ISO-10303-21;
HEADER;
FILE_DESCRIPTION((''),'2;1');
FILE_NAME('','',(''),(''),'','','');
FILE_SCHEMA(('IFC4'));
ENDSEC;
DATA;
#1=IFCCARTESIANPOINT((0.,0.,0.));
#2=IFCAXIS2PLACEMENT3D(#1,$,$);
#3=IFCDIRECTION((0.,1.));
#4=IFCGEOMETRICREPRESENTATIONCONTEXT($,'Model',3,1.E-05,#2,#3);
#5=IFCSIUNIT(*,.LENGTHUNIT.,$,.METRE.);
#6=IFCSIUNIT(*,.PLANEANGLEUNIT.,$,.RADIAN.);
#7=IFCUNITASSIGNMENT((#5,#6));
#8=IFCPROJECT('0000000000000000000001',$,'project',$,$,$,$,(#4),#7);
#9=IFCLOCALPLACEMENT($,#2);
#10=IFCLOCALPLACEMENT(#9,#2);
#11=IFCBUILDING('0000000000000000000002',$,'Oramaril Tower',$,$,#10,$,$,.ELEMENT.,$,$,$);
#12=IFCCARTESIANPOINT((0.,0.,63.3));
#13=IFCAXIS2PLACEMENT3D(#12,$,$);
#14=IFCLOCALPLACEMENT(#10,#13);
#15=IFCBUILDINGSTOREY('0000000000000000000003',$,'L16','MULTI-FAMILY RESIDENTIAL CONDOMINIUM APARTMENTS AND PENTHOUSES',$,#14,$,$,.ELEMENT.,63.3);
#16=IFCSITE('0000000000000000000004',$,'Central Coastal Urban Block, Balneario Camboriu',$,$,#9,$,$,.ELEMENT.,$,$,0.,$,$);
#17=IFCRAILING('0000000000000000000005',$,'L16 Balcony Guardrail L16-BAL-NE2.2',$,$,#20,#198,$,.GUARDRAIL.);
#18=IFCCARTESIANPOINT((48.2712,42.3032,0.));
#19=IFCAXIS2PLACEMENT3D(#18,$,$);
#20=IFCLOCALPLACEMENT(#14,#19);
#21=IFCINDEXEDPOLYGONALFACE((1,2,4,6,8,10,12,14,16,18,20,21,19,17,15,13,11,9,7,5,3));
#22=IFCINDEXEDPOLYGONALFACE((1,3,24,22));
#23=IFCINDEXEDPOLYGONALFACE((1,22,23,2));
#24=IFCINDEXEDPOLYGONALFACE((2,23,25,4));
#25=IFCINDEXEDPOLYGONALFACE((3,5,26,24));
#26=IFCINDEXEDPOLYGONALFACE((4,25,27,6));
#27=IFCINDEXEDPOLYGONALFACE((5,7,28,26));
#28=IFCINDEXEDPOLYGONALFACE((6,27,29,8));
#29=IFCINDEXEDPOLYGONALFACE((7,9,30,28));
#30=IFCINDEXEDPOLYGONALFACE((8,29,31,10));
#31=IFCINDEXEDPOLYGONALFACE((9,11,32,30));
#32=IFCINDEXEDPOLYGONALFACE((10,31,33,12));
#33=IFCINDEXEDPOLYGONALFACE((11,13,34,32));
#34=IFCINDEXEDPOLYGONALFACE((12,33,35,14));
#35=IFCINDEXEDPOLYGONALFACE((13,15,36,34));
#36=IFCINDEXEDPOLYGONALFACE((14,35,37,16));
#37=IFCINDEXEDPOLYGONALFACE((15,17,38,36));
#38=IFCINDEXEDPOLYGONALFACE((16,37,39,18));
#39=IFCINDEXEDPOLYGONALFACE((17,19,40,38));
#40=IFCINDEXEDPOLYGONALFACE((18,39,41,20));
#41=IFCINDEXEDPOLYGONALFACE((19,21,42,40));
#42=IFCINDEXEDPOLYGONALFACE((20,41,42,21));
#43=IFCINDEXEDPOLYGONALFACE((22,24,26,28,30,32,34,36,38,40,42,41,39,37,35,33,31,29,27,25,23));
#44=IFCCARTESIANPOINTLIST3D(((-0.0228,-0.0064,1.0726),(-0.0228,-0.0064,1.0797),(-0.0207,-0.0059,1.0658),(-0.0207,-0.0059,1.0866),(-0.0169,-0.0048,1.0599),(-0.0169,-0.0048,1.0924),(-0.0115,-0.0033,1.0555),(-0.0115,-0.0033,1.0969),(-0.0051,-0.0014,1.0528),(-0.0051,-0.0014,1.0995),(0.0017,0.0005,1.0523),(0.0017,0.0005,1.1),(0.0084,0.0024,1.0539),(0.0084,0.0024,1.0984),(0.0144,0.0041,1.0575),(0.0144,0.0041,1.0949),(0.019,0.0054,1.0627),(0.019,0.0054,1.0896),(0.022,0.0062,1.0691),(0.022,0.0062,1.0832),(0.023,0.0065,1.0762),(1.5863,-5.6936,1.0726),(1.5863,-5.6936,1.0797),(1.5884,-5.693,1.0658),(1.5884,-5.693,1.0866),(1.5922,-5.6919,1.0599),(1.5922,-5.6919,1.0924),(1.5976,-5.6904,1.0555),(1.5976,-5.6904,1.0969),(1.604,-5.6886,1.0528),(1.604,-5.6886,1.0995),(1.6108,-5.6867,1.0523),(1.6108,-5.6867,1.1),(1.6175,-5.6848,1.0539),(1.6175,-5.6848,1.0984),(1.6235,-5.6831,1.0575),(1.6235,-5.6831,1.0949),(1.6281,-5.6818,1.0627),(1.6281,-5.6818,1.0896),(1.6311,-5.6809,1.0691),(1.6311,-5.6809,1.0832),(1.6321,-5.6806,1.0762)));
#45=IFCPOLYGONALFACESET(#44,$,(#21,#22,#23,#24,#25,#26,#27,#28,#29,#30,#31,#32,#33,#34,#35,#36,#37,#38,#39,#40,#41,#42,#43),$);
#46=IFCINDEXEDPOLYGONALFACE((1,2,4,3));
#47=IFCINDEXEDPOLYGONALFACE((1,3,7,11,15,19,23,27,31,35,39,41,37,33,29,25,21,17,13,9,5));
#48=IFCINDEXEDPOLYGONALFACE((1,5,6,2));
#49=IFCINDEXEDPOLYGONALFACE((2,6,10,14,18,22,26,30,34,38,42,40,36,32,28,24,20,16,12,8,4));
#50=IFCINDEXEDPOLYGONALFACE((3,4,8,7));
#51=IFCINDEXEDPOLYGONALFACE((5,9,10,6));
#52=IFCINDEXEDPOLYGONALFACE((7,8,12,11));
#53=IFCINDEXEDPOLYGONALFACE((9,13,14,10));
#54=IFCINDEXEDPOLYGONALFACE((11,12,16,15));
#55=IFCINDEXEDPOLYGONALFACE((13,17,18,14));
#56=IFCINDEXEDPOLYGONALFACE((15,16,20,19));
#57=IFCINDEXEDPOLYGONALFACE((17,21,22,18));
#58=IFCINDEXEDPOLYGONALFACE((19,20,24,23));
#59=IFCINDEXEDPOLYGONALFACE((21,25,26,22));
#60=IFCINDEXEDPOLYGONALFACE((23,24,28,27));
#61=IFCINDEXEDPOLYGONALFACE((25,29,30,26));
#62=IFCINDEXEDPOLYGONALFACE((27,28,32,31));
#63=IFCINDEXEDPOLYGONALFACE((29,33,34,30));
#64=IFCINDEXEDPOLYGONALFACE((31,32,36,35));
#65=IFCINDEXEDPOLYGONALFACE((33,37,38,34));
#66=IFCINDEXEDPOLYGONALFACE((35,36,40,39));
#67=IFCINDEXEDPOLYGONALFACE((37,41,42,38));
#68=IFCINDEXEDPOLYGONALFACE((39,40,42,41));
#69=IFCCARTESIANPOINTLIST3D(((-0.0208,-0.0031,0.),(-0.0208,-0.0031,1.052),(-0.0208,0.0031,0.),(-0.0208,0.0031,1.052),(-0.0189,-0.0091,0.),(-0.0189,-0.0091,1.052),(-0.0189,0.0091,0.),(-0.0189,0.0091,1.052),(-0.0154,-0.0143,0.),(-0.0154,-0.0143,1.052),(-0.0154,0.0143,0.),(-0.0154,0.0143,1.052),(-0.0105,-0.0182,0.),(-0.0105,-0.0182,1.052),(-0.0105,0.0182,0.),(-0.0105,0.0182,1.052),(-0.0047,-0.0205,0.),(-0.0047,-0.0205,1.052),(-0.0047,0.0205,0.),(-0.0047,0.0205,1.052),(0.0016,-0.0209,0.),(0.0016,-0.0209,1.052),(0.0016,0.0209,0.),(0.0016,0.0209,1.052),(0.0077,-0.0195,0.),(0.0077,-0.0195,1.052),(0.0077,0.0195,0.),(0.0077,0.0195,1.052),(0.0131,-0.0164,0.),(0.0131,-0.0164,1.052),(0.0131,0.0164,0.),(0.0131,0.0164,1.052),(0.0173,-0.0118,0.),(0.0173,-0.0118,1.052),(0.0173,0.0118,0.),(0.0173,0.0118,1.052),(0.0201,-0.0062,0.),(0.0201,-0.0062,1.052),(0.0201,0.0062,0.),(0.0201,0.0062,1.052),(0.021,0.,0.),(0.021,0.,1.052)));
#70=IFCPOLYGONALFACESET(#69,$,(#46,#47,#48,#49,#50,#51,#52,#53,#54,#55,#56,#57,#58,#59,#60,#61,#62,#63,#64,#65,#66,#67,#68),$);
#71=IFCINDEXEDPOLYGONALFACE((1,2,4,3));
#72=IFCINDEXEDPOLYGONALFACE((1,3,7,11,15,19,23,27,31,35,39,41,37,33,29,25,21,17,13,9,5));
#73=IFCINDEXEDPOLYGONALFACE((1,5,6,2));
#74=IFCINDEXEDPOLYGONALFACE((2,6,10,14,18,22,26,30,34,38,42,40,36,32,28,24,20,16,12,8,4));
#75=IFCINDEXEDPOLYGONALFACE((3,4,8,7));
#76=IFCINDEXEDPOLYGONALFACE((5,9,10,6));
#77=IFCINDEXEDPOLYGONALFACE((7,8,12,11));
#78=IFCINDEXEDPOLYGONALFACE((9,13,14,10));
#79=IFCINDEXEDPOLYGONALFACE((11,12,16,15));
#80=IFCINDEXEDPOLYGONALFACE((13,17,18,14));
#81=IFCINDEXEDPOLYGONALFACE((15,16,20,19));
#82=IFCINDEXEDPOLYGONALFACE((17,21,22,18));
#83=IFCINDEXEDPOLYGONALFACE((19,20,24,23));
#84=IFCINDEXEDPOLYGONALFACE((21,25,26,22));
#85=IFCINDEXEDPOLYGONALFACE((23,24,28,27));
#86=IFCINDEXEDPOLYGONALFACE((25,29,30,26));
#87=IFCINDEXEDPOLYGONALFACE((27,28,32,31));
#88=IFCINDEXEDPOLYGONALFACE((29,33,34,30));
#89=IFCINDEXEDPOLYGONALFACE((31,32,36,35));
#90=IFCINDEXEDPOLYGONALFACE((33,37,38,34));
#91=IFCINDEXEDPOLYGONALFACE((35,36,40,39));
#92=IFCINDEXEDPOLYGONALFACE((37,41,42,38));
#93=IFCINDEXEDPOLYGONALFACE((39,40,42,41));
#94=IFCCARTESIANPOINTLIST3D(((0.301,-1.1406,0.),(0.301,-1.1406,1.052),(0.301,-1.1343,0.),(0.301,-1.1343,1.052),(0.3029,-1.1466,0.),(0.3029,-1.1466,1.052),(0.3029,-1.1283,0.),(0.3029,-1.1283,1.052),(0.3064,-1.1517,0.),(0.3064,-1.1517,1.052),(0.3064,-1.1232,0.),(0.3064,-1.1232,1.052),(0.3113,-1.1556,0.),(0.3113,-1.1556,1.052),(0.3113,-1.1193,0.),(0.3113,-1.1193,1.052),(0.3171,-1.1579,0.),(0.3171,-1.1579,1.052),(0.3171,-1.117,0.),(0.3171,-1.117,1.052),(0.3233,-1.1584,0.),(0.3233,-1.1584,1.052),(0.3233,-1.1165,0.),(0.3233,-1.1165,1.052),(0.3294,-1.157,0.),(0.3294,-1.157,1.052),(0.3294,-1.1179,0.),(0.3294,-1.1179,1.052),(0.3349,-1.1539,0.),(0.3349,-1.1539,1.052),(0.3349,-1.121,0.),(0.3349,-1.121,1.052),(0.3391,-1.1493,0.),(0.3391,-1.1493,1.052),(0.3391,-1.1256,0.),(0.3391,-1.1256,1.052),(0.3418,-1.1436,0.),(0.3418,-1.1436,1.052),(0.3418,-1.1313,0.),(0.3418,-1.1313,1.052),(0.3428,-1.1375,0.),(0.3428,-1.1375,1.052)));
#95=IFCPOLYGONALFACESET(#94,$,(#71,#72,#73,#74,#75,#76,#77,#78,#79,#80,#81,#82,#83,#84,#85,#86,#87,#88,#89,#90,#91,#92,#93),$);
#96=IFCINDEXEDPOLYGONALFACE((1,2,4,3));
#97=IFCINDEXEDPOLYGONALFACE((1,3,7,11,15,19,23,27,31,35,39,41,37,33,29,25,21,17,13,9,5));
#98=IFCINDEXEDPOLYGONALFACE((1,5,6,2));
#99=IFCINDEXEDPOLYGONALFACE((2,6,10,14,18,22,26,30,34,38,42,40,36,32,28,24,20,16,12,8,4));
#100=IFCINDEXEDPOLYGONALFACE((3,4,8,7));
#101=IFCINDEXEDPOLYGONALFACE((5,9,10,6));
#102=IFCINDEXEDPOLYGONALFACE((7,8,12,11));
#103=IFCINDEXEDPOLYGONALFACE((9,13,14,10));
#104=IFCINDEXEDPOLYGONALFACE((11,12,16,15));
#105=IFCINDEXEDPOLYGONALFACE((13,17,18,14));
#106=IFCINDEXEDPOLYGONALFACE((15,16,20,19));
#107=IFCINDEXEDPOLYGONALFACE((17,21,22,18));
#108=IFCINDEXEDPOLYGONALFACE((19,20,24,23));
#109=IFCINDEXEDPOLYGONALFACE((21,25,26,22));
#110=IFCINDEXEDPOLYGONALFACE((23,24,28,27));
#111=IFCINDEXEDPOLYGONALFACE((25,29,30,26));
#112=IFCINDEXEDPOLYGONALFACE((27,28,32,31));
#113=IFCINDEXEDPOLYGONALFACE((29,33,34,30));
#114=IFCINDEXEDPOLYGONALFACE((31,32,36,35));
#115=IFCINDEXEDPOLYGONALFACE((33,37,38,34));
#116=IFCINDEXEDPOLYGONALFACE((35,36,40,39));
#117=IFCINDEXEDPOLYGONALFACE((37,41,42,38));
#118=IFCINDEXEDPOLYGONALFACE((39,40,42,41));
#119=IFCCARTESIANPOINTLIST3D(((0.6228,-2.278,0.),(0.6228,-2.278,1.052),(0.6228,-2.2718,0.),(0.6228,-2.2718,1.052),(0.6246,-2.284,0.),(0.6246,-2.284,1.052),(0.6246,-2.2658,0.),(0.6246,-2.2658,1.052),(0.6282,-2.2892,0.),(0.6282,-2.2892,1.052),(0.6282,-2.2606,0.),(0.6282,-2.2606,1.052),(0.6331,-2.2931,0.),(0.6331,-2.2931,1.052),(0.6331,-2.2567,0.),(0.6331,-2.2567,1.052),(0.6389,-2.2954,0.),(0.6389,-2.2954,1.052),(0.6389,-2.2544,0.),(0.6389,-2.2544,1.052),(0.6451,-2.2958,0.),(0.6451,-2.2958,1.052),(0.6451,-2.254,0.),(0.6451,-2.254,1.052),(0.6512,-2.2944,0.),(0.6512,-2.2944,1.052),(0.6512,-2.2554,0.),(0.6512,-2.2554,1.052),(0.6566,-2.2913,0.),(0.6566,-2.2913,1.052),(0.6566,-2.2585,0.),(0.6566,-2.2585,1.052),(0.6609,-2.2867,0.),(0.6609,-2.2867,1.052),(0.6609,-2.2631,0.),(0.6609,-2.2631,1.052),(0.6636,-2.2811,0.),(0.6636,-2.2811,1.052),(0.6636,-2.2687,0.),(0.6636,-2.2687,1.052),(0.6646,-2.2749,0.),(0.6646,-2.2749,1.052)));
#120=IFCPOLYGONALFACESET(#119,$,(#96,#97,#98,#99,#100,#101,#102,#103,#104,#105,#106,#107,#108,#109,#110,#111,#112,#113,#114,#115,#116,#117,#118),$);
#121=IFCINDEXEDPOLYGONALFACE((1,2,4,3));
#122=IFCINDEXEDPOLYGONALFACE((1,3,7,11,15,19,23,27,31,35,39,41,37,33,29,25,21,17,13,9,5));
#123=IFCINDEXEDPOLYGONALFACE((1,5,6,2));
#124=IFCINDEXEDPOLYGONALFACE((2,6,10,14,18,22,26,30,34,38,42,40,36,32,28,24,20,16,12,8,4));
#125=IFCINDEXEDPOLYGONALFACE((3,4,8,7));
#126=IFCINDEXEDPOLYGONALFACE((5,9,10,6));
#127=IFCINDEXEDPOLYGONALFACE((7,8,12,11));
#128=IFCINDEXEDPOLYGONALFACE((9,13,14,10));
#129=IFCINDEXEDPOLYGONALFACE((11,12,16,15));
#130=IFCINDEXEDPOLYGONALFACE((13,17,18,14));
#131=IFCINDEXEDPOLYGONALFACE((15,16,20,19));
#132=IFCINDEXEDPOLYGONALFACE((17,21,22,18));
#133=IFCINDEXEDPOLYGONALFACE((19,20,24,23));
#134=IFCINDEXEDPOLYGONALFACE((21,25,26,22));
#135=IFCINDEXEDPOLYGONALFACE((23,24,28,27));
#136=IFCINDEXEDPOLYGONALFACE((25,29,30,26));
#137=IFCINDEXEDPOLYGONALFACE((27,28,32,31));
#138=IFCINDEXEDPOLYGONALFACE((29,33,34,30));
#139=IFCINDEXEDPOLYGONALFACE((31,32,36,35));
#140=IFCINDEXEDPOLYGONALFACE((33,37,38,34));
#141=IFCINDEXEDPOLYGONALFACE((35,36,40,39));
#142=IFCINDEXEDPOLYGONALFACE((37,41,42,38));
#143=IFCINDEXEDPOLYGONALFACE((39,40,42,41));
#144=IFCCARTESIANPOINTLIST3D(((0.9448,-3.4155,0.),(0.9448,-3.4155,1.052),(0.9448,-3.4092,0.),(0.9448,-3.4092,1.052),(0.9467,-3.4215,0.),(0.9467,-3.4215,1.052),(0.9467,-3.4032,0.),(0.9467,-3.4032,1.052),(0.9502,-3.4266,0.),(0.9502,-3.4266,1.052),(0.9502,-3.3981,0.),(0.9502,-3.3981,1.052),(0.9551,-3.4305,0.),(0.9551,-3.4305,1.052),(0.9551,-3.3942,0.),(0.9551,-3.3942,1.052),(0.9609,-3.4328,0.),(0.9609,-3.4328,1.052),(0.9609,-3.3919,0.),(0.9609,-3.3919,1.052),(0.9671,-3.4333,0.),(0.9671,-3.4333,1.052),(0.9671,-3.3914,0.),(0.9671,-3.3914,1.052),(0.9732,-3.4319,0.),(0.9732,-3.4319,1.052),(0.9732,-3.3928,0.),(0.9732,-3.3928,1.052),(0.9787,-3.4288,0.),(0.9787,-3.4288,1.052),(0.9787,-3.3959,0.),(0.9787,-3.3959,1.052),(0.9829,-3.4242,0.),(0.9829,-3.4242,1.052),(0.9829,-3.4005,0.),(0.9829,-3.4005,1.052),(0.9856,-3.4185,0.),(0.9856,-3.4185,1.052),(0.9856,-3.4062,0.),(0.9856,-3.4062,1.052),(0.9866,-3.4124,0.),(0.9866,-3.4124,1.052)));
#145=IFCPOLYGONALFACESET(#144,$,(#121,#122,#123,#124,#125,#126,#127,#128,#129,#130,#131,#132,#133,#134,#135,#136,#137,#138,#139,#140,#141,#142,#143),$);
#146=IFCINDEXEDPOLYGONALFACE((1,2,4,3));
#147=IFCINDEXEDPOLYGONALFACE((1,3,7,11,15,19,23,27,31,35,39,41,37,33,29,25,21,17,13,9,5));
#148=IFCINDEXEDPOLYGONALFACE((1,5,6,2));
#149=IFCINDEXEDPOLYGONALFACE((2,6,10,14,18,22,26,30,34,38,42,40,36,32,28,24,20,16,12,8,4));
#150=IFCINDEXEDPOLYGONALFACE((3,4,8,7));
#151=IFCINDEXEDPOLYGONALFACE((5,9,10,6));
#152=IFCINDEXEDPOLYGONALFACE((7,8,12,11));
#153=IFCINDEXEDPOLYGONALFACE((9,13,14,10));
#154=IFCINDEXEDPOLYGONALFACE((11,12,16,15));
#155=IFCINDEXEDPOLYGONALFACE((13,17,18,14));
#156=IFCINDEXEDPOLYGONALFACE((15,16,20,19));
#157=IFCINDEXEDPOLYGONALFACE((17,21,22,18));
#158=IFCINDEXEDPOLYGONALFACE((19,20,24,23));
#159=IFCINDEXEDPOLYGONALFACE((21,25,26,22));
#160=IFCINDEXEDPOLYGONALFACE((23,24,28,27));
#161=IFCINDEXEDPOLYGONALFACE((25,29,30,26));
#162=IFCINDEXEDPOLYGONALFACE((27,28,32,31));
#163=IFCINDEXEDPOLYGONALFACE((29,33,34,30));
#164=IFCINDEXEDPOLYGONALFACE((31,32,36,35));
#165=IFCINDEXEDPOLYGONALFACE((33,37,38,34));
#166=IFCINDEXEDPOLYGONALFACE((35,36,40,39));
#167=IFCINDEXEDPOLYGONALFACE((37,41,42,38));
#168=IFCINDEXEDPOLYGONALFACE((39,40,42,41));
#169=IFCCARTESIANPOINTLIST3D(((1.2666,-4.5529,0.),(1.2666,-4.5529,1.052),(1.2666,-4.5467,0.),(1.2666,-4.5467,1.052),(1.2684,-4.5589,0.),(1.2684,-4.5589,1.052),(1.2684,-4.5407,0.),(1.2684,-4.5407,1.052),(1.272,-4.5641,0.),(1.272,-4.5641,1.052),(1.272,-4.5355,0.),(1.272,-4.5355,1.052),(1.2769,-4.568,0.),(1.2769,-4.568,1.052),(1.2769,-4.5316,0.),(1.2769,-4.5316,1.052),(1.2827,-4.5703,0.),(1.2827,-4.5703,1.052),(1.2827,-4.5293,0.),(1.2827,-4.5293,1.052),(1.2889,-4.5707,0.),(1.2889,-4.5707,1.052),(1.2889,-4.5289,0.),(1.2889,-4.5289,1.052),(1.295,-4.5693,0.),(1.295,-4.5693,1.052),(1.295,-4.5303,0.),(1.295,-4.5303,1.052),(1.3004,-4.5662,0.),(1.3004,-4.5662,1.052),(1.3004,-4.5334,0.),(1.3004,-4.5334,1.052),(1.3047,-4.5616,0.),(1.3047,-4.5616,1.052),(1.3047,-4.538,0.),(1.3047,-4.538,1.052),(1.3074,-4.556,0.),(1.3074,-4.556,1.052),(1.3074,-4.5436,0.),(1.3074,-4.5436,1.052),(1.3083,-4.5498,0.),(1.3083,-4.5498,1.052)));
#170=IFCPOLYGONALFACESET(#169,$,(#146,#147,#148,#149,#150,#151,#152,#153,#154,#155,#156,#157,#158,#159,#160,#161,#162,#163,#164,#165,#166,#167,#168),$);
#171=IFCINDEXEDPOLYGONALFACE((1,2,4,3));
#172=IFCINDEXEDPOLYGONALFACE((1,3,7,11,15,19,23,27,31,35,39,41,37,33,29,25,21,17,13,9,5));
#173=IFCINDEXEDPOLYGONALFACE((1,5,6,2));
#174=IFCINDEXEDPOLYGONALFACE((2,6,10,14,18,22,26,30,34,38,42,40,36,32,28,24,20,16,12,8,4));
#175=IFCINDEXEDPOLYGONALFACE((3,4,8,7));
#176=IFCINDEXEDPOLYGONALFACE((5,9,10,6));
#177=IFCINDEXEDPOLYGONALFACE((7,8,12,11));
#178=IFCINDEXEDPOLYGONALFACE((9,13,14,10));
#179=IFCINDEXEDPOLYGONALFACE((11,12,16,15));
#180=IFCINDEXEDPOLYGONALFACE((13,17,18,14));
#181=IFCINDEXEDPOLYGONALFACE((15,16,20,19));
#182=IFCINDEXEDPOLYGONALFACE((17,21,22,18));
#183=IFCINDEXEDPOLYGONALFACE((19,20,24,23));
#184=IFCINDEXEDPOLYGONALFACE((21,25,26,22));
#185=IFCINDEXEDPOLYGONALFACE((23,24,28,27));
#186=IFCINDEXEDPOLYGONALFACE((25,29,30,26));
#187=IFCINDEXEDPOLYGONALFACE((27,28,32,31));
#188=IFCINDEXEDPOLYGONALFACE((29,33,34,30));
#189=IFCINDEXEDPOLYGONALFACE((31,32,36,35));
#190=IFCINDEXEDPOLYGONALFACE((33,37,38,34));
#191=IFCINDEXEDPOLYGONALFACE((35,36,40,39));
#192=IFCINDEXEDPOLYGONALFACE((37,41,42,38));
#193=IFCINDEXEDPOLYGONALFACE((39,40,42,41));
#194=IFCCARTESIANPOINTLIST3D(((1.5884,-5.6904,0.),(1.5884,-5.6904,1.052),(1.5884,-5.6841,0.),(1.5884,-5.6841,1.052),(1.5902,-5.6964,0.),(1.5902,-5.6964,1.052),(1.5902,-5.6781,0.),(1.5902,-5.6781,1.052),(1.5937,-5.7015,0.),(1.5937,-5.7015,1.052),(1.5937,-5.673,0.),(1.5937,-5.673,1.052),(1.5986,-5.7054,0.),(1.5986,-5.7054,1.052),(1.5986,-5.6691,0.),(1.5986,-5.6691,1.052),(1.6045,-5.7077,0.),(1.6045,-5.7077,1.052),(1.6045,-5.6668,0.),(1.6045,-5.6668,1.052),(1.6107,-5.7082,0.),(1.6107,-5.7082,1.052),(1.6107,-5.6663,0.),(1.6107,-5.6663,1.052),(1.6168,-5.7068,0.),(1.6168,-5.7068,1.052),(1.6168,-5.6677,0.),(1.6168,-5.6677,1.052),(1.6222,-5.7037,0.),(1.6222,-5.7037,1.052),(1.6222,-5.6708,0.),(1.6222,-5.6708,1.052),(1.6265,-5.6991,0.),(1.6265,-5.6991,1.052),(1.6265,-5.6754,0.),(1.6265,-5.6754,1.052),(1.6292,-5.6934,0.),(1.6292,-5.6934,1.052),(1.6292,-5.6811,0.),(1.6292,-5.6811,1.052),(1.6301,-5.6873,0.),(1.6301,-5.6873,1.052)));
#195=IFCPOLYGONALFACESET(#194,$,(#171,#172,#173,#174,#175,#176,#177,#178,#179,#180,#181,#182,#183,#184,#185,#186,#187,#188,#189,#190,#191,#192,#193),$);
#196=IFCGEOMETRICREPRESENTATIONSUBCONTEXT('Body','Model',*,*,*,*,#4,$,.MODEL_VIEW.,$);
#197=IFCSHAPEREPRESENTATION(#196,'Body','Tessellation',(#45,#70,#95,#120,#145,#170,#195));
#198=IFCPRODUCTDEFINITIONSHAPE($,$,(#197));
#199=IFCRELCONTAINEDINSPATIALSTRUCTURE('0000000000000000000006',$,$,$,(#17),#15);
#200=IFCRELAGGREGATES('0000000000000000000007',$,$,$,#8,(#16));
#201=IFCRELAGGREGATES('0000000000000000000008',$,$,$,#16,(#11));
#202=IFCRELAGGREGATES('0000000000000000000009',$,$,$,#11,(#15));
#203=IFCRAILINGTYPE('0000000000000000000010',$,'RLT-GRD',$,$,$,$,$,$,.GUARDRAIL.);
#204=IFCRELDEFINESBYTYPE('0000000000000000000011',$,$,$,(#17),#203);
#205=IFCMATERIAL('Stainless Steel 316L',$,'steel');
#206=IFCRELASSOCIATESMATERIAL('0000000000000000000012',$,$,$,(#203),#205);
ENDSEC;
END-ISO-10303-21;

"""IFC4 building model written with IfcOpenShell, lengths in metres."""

from ifc_helpers import new_model, si_unit, direction, frame, origin, origin_2d, place, context, subcontext, project, spatial, circle, extrude, material, type_object, element, save


model = new_model("IFC4")

# Units and contexts
model_context = context("Model", 3, precision=1e-05, world=origin(), true_north=direction((0.0, 1.0)))
body_context = subcontext(model_context, "Body", "Model", "MODEL_VIEW")
ifc_project = project(units=[si_unit("LENGTHUNIT", "METRE"), si_unit("PLANEANGLEUNIT", "RADIAN")], contexts=[model_context])

# Site, building, storey
site_placement = place(None, origin())
site = spatial("IfcSite", under=ifc_project, at=site_placement, Name="Central Coastal Urban Block, Balneario Camboriu", CompositionType="ELEMENT", RefElevation=0.0)
building_placement = place(site_placement, origin())
building = spatial("IfcBuilding", under=site, at=building_placement, Name="Oramaril Tower", CompositionType="ELEMENT")
storey_placement = place(building_placement, frame((0.0, 0.0, 63.3)))
storey = spatial("IfcBuildingStorey", under=building, at=storey_placement, Name="L16", Description="MULTI-FAMILY RESIDENTIAL CONDOMINIUM APARTMENTS AND PENTHOUSES", CompositionType="ELEMENT", Elevation=63.3)

# Railing
ifc_material_1 = material(Name="Stainless Steel 316L", Category="steel")
railing_type = type_object("IfcRailingType", Name="RLT-GRD", PredefinedType="GUARDRAIL", material=ifc_material_1)
railing_1_placement = place(storey_placement, frame((48.2712, 42.3032, 0.0)))
element("IfcRailing", 1, at=railing_1_placement, inside=storey, type_object=railing_type, Name="L16 Balcony Guardrail L16-BAL-NE2.2", PredefinedType="GUARDRAIL", context=body_context, shape_type="SweptSolid", body=[
    extrude(circle(Radius=0.0239, at=origin_2d()), frame((0.0, 0.0, 1.0762), z_axis=(0.272249, -0.962227, 0.0), x_axis=(0.962227, 0.272249, 0.0)), (0.0, 0.0, 1.0), 5.9104),
    extrude(circle(Radius=0.021, at=origin_2d()), origin(), (0.0, 0.0, 1.0), 1.052),
    extrude(circle(Radius=0.021, at=origin_2d()), frame((0.3218, -1.1375, 0.0)), (0.0, 0.0, 1.0), 1.052),
    extrude(circle(Radius=0.021, at=origin_2d()), frame((0.6436, -2.2749, 0.0)), (0.0, 0.0, 1.0), 1.052),
    extrude(circle(Radius=0.021, at=origin_2d()), frame((0.9656, -3.4124, 0.0)), (0.0, 0.0, 1.0), 1.052),
    extrude(circle(Radius=0.021, at=origin_2d()), frame((1.2874, -4.5498, 0.0)), (0.0, 0.0, 1.0), 1.052),
    extrude(circle(Radius=0.021, at=origin_2d()), frame((1.6091, -5.6873, 0.0)), (0.0, 0.0, 1.0), 1.052),
])

save(model, "model.ifc")
